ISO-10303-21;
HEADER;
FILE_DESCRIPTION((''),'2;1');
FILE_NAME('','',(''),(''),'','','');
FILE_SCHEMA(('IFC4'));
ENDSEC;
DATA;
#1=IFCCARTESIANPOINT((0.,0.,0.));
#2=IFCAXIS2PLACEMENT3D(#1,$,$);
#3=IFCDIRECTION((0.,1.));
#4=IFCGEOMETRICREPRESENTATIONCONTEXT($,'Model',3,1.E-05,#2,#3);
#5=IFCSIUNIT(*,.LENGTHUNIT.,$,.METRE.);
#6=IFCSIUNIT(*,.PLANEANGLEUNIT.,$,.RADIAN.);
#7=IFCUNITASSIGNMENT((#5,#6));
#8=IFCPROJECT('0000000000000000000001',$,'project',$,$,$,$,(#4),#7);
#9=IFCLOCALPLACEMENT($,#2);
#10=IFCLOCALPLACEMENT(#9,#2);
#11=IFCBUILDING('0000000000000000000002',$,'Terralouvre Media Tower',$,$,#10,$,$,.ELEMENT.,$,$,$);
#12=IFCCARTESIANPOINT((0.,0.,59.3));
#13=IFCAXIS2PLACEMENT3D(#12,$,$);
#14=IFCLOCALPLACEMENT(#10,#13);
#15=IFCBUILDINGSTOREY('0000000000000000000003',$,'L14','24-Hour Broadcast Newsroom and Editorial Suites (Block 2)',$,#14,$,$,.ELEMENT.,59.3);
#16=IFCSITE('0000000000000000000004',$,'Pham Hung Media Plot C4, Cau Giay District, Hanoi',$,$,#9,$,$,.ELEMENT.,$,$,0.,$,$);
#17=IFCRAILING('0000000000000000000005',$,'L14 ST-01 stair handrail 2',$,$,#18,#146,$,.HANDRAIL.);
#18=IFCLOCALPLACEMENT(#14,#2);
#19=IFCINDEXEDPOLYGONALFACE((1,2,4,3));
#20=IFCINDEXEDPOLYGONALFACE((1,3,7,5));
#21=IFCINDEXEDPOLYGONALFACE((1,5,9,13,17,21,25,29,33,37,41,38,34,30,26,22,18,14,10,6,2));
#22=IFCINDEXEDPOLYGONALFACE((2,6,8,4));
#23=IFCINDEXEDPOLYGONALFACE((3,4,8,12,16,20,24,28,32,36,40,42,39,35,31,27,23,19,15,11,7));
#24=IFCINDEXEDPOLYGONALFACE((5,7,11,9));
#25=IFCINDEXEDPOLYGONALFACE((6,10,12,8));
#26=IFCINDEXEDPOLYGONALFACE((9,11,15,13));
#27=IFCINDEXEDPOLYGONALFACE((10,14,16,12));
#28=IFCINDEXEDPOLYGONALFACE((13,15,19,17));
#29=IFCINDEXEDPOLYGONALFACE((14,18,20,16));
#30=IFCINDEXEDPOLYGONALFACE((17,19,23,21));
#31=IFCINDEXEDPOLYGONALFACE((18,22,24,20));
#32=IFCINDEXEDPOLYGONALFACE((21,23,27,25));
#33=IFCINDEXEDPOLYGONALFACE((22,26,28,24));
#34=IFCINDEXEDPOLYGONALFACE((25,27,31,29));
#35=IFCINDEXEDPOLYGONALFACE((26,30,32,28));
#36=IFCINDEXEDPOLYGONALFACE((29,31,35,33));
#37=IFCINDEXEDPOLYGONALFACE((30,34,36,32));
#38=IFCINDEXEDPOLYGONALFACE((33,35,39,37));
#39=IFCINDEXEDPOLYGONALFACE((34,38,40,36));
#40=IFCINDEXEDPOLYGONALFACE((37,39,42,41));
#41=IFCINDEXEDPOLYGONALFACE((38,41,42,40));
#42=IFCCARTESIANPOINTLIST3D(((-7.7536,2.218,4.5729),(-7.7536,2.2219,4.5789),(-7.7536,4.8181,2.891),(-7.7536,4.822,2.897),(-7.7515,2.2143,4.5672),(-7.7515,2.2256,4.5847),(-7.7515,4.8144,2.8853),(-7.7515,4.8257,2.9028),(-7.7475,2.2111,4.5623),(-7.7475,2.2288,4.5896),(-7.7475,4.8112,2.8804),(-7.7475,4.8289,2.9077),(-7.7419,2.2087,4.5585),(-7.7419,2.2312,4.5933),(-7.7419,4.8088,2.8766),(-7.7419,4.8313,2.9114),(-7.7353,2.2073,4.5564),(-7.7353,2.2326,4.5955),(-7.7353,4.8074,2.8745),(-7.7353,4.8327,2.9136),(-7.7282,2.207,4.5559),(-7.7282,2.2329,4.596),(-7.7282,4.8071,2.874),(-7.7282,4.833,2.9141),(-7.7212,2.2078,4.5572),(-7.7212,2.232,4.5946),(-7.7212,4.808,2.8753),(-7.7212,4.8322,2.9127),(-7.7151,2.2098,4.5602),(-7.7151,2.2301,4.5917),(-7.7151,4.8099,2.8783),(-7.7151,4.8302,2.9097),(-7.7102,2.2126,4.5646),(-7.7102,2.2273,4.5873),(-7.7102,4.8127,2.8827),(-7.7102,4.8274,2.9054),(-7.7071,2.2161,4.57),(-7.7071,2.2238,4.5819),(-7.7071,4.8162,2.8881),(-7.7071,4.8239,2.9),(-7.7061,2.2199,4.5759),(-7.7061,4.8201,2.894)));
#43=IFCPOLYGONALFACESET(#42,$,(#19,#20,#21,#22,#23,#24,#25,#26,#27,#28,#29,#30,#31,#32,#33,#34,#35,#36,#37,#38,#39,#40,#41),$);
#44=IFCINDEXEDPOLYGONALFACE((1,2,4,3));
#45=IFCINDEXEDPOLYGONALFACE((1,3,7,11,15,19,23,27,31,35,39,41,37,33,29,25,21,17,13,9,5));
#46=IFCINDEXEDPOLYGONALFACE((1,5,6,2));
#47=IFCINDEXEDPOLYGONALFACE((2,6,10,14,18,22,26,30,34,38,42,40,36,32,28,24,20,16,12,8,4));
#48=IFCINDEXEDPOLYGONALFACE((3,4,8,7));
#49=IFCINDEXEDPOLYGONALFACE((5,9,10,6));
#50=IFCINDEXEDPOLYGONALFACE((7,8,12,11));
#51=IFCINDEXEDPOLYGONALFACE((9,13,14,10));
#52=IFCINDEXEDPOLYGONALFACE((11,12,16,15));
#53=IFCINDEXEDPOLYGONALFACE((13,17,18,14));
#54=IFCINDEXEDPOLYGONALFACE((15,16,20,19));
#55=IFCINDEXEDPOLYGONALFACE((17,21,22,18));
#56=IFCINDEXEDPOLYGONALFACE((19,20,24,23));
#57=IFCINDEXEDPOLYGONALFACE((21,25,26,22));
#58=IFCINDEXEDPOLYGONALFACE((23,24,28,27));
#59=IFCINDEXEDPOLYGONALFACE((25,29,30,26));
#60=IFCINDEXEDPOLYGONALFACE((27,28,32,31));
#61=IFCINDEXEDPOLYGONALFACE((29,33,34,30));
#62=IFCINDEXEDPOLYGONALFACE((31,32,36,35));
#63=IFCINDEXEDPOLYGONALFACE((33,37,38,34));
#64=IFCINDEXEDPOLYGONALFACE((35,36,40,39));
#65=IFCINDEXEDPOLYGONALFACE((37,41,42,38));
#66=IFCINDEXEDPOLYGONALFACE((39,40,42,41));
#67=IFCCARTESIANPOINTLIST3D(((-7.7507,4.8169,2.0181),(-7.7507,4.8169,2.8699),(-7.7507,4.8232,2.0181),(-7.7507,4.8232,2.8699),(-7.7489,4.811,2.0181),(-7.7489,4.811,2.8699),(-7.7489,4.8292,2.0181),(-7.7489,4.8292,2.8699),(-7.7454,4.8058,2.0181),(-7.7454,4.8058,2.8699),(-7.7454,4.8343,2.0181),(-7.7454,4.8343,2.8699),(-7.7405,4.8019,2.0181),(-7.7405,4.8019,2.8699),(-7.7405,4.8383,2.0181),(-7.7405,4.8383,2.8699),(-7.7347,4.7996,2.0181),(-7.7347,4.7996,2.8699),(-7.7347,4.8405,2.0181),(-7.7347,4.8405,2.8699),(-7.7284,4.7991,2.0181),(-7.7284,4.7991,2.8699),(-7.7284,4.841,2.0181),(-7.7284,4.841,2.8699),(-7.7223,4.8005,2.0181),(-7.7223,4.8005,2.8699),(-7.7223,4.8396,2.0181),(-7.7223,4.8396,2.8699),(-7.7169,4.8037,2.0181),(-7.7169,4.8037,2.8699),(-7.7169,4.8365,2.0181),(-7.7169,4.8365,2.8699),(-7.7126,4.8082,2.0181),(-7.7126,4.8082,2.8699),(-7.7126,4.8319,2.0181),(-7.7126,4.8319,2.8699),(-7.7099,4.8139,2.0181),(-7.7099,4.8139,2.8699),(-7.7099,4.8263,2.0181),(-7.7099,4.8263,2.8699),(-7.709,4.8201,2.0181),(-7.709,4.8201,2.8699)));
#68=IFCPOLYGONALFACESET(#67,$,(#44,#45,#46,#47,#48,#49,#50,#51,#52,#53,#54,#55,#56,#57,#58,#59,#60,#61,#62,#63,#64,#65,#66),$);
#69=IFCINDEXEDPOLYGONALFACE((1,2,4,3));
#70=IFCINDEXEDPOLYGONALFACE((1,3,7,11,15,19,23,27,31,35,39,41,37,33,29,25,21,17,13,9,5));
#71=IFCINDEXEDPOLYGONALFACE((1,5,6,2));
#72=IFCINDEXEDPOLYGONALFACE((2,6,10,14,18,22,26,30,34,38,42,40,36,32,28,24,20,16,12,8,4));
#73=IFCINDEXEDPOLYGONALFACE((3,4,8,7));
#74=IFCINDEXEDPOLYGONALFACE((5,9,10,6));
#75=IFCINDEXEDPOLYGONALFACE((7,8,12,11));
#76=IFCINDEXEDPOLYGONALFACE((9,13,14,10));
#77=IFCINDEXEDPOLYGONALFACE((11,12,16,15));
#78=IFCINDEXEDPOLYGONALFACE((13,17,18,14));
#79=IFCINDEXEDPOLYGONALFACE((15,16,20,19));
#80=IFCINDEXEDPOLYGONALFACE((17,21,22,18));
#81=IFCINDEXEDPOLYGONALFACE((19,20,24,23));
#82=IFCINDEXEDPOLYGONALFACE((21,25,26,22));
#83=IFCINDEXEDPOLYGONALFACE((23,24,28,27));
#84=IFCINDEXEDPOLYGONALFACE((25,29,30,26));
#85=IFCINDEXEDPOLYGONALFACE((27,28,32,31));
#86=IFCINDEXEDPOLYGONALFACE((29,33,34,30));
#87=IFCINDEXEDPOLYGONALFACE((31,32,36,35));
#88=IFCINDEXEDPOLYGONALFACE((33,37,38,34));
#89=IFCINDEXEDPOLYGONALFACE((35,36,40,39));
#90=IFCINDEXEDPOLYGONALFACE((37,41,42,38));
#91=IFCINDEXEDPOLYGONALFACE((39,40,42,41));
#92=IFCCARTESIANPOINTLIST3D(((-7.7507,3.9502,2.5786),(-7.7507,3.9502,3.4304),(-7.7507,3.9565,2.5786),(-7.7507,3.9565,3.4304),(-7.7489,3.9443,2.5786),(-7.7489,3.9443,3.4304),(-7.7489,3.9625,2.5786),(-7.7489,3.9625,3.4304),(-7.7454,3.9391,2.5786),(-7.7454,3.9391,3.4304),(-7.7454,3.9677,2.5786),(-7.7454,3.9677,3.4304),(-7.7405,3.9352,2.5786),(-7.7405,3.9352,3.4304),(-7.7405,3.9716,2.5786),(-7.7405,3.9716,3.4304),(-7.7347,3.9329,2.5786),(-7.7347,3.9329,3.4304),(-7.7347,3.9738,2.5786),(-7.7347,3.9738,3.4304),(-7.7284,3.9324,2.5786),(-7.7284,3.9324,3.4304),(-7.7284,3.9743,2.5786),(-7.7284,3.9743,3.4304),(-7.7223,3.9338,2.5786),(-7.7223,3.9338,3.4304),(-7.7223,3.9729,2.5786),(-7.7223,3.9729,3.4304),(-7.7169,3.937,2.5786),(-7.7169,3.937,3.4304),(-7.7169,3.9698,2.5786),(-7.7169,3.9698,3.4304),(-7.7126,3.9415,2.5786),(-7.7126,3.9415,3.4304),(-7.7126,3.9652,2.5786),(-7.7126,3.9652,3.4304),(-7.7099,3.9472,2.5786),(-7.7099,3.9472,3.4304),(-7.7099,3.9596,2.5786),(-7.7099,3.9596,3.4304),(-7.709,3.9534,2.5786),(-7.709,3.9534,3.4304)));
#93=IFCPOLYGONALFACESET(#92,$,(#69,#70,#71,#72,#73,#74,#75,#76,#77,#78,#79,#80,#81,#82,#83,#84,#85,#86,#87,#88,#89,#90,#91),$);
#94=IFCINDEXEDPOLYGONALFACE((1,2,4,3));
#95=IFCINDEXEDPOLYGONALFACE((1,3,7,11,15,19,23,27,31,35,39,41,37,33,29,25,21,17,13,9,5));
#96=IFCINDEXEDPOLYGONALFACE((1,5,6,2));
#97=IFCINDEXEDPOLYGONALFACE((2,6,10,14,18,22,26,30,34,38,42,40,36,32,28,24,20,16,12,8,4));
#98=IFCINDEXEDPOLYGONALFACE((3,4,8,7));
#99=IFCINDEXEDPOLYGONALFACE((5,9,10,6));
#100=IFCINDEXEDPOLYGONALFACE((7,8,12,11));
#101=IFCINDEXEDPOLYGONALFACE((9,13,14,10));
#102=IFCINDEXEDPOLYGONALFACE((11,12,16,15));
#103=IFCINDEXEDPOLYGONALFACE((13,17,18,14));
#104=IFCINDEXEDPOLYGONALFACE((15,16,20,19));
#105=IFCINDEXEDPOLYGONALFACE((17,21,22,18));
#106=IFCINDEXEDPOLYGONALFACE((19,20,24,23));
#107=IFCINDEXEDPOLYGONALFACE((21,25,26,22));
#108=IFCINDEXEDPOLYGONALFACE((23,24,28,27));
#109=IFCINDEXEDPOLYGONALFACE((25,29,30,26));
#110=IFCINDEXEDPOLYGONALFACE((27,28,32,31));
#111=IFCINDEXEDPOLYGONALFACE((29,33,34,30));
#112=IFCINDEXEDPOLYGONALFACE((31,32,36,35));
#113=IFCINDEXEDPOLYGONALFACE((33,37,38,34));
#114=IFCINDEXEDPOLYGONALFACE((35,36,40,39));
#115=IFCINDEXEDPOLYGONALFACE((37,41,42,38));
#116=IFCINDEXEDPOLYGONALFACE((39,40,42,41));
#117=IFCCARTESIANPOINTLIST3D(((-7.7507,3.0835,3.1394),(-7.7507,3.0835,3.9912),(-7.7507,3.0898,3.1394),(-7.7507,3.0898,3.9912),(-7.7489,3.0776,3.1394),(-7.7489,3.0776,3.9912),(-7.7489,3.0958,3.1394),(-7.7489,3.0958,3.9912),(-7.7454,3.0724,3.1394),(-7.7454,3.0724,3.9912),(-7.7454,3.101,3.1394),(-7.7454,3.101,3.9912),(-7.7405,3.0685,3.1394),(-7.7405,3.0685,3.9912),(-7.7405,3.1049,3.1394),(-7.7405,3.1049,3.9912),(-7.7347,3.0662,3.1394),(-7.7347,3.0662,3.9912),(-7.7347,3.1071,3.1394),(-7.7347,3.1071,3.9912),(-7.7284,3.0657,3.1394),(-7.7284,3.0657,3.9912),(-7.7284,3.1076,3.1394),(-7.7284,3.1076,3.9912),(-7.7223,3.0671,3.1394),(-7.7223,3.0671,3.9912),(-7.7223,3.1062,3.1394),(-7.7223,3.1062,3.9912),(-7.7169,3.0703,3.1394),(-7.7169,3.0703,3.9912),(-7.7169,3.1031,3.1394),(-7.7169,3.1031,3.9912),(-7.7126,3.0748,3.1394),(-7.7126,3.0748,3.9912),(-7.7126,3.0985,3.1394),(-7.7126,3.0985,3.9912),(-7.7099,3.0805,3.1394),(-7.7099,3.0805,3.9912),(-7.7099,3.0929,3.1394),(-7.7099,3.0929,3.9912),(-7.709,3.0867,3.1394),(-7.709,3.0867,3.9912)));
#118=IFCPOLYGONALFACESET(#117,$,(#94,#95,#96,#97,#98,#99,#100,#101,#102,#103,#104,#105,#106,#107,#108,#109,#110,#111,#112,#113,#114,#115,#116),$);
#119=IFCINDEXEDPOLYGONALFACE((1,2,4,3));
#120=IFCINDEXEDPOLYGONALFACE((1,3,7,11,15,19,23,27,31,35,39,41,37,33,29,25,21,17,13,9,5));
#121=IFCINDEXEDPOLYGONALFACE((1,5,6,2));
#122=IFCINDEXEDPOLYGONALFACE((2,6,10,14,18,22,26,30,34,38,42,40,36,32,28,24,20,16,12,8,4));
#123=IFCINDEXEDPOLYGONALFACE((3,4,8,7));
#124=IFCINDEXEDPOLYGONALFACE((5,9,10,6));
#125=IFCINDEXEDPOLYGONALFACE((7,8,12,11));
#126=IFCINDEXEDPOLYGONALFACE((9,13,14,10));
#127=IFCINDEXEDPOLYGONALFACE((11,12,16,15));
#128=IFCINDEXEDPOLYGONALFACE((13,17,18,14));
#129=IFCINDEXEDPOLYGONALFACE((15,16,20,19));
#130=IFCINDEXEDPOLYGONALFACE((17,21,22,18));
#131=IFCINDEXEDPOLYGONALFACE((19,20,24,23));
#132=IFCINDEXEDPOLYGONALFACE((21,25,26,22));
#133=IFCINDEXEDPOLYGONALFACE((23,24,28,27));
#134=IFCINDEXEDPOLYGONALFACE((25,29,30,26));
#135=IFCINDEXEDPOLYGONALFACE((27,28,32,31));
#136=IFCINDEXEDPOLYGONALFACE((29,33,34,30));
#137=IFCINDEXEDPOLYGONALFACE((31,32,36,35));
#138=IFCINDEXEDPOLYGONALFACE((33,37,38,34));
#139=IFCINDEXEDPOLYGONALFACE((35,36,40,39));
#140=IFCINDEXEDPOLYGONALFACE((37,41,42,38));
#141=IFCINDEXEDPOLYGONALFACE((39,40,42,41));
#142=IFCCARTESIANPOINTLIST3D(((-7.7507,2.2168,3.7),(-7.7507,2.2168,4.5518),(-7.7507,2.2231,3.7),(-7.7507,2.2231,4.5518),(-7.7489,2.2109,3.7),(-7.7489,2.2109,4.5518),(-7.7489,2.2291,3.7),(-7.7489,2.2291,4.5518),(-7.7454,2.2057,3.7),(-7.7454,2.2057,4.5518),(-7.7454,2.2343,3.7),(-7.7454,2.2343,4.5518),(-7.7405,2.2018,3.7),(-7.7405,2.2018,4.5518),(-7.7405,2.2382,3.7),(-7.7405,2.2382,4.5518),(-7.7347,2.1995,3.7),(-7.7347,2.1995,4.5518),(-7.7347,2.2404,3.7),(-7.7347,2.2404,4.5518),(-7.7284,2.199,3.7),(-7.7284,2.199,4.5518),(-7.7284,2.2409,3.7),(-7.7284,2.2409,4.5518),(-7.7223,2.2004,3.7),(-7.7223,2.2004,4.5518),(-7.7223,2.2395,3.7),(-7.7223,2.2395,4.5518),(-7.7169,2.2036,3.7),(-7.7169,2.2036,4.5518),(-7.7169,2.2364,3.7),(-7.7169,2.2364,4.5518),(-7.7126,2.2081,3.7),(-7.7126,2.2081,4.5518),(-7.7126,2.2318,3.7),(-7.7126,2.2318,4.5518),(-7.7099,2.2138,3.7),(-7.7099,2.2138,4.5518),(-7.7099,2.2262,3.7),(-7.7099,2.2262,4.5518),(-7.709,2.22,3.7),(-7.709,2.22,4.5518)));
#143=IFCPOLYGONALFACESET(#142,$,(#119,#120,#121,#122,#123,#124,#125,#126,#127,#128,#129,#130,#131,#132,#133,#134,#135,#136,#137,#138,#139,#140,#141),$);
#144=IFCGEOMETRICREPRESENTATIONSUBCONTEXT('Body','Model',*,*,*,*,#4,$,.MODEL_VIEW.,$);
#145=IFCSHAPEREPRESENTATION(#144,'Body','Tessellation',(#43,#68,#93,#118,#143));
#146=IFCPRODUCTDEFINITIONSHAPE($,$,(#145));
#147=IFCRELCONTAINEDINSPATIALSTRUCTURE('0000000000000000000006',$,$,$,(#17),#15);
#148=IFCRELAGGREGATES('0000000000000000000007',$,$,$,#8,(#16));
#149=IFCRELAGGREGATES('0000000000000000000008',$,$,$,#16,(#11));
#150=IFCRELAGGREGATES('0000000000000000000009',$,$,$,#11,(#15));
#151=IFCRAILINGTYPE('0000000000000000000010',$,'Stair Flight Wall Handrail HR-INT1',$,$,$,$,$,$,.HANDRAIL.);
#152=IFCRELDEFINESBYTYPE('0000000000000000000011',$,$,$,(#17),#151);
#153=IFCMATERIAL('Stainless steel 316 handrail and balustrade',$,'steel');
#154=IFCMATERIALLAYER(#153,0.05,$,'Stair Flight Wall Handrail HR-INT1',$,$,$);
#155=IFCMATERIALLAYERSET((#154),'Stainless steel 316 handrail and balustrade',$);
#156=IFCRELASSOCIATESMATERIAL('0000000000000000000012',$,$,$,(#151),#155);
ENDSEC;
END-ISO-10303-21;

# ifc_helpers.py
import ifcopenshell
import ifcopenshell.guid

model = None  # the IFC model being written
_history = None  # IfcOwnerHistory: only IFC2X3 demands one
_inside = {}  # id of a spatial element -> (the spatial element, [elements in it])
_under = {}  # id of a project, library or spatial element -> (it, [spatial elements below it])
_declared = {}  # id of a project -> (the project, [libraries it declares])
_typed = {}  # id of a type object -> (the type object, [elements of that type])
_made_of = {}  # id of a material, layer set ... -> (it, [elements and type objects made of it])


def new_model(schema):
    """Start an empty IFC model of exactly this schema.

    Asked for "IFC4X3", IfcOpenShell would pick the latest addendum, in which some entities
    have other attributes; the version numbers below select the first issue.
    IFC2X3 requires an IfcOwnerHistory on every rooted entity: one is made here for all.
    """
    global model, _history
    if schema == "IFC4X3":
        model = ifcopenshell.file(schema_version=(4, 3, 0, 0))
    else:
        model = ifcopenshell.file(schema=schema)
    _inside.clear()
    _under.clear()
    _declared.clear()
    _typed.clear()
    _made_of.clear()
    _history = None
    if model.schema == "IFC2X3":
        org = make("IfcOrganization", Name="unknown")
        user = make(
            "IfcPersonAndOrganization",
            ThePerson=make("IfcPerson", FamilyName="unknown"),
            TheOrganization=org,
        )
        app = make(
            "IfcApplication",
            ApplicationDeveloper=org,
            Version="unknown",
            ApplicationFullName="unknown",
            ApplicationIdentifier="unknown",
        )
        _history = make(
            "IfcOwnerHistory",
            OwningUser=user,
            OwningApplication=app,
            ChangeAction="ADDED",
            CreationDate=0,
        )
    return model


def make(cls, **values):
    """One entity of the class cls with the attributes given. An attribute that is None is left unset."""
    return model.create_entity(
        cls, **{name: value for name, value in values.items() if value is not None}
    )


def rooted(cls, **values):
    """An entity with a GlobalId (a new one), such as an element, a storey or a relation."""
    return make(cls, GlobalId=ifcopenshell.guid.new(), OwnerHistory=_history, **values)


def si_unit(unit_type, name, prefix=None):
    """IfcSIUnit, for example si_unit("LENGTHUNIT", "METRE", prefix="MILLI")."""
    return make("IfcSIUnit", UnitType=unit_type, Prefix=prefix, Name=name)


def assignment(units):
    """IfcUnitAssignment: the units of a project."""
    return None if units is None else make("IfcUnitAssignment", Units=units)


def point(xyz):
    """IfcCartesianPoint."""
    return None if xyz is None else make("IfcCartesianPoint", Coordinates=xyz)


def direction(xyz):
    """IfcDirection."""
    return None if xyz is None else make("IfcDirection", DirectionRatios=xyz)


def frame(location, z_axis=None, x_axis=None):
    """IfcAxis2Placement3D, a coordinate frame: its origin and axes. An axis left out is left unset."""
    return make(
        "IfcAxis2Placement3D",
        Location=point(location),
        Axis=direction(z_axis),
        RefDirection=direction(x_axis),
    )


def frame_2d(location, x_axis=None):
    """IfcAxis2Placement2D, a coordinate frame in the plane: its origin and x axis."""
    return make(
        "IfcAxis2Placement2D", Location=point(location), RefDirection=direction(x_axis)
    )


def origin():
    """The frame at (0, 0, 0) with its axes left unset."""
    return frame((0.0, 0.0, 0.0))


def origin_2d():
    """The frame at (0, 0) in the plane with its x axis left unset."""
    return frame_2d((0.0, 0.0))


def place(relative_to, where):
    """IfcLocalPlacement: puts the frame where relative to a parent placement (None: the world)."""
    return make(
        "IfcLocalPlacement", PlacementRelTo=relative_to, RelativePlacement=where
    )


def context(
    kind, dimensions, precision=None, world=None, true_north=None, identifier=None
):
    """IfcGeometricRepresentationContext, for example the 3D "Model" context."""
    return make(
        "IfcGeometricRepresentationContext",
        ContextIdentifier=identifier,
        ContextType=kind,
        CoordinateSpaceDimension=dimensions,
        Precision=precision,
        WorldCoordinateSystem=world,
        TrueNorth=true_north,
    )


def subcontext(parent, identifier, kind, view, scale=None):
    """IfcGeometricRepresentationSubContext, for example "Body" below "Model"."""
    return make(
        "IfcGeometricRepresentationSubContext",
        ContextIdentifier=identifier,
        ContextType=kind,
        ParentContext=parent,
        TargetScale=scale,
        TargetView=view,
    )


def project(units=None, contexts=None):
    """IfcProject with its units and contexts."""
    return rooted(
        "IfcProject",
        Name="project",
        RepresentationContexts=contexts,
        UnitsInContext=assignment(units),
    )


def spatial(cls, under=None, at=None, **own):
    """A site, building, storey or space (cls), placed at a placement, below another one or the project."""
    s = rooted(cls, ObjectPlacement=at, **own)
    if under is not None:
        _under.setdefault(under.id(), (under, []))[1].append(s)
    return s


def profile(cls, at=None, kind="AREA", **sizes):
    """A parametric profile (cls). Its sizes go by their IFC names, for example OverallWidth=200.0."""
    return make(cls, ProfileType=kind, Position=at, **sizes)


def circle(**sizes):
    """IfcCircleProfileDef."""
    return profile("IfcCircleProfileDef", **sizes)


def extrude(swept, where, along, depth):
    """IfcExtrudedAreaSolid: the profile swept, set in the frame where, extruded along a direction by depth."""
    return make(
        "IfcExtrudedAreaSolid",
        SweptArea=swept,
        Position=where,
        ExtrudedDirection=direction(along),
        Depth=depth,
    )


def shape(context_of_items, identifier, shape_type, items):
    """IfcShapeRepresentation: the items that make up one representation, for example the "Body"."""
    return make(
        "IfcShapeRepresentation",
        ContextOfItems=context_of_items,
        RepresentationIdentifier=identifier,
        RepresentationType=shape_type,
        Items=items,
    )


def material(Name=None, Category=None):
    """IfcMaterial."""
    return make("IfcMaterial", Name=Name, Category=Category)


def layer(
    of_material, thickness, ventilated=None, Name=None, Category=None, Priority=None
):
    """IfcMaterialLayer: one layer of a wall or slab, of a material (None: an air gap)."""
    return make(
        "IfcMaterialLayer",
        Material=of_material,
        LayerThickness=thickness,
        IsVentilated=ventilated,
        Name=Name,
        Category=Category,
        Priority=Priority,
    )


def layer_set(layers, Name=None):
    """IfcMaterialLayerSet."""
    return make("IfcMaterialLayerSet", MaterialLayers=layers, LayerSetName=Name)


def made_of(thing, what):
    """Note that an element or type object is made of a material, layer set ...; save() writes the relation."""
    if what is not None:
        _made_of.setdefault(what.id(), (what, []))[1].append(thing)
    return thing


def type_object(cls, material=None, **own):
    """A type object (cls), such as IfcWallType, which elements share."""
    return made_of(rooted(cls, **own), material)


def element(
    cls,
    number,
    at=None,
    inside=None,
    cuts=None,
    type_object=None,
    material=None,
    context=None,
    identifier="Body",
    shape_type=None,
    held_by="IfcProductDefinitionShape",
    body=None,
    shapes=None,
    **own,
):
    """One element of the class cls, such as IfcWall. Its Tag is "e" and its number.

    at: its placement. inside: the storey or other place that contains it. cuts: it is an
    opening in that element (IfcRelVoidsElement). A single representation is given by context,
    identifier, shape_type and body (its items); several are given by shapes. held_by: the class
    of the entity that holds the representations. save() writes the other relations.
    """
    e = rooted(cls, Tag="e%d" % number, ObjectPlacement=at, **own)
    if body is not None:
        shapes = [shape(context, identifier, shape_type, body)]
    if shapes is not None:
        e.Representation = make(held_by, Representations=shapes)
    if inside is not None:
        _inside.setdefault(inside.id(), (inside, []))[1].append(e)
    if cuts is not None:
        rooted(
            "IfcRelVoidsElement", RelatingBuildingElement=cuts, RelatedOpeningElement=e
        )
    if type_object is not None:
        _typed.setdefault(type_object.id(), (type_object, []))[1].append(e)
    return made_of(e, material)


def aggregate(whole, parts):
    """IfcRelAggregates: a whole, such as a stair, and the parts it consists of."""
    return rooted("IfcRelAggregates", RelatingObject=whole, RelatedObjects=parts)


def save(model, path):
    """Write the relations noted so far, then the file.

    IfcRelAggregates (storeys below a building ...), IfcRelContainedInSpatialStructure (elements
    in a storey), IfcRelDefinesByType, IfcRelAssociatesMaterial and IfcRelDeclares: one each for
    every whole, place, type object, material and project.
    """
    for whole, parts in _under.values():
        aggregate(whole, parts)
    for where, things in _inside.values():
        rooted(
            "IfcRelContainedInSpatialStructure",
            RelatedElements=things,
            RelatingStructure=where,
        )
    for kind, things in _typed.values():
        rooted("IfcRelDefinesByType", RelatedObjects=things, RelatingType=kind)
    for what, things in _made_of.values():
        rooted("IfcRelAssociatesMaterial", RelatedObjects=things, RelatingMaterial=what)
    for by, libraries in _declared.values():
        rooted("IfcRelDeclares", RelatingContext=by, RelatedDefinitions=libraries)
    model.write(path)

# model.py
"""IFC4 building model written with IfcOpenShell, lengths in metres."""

from ifc_helpers import new_model, si_unit, direction, frame, origin, origin_2d, place, context, subcontext, project, spatial, circle, extrude, material, layer, layer_set, type_object, element, save


model = new_model("IFC4")

# Units and contexts
model_context = context("Model", 3, precision=1e-05, world=origin(), true_north=direction((0.0, 1.0)))
body_context = subcontext(model_context, "Body", "Model", "MODEL_VIEW")
ifc_project = project(units=[si_unit("LENGTHUNIT", "METRE"), si_unit("PLANEANGLEUNIT", "RADIAN")], contexts=[model_context])

# Site, building, storey
site_placement = place(None, origin())
site = spatial("IfcSite", under=ifc_project, at=site_placement, Name="Pham Hung Media Plot C4, Cau Giay District, Hanoi", CompositionType="ELEMENT", RefElevation=0.0)
building_placement = place(site_placement, origin())
building = spatial("IfcBuilding", under=site, at=building_placement, Name="Terralouvre Media Tower", CompositionType="ELEMENT")
storey_placement = place(building_placement, frame((0.0, 0.0, 59.3)))
storey = spatial("IfcBuildingStorey", under=building, at=storey_placement, Name="L14", Description="24-Hour Broadcast Newsroom and Editorial Suites (Block 2)", CompositionType="ELEMENT", Elevation=59.3)

# Railing
ifc_material_1 = material(Name="Stainless steel 316 handrail and balustrade", Category="steel")
ifc_layer_1 = layer(ifc_material_1, 0.05, Name="Stair Flight Wall Handrail HR-INT1")
ifc_layer_set_1 = layer_set([ifc_layer_1], Name="Stainless steel 316 handrail and balustrade")
railing_type_1 = type_object("IfcRailingType", Name="Stair Flight Wall Handrail HR-INT1", PredefinedType="HANDRAIL", material=ifc_layer_set_1)
railing_1_placement = place(storey_placement, frame((-7.73, 4.8201, 2.0181)))
element("IfcRailing", 1, at=railing_1_placement, inside=storey, type_object=railing_type_1, Name="L14 ST-01 stair handrail 2", PredefinedType="HANDRAIL", context=body_context, shape_type="SweptSolid", body=[
    extrude(circle(Radius=0.0239, at=origin_2d()), frame((0.0, 0.0, 0.876), z_axis=(0.0, -0.839648, 0.54313), x_axis=(1.0, 0.0, 0.0)), (0.0, 0.0, 1.0), 3.0967),
    extrude(circle(Radius=0.021, at=origin_2d()), origin(), (0.0, 0.0, 1.0), 0.8518),
    extrude(circle(Radius=0.021, at=origin_2d()), frame((0.0, -0.8667, 0.5605)), (0.0, 0.0, 1.0), 0.8518),
    extrude(circle(Radius=0.021, at=origin_2d()), frame((0.0, -1.7334, 1.1213)), (0.0, 0.0, 1.0), 0.8518),
    extrude(circle(Radius=0.021, at=origin_2d()), frame((0.0, -2.6001, 1.6819)), (0.0, 0.0, 1.0), 0.8518),
])

save(model, "model.ifc")
